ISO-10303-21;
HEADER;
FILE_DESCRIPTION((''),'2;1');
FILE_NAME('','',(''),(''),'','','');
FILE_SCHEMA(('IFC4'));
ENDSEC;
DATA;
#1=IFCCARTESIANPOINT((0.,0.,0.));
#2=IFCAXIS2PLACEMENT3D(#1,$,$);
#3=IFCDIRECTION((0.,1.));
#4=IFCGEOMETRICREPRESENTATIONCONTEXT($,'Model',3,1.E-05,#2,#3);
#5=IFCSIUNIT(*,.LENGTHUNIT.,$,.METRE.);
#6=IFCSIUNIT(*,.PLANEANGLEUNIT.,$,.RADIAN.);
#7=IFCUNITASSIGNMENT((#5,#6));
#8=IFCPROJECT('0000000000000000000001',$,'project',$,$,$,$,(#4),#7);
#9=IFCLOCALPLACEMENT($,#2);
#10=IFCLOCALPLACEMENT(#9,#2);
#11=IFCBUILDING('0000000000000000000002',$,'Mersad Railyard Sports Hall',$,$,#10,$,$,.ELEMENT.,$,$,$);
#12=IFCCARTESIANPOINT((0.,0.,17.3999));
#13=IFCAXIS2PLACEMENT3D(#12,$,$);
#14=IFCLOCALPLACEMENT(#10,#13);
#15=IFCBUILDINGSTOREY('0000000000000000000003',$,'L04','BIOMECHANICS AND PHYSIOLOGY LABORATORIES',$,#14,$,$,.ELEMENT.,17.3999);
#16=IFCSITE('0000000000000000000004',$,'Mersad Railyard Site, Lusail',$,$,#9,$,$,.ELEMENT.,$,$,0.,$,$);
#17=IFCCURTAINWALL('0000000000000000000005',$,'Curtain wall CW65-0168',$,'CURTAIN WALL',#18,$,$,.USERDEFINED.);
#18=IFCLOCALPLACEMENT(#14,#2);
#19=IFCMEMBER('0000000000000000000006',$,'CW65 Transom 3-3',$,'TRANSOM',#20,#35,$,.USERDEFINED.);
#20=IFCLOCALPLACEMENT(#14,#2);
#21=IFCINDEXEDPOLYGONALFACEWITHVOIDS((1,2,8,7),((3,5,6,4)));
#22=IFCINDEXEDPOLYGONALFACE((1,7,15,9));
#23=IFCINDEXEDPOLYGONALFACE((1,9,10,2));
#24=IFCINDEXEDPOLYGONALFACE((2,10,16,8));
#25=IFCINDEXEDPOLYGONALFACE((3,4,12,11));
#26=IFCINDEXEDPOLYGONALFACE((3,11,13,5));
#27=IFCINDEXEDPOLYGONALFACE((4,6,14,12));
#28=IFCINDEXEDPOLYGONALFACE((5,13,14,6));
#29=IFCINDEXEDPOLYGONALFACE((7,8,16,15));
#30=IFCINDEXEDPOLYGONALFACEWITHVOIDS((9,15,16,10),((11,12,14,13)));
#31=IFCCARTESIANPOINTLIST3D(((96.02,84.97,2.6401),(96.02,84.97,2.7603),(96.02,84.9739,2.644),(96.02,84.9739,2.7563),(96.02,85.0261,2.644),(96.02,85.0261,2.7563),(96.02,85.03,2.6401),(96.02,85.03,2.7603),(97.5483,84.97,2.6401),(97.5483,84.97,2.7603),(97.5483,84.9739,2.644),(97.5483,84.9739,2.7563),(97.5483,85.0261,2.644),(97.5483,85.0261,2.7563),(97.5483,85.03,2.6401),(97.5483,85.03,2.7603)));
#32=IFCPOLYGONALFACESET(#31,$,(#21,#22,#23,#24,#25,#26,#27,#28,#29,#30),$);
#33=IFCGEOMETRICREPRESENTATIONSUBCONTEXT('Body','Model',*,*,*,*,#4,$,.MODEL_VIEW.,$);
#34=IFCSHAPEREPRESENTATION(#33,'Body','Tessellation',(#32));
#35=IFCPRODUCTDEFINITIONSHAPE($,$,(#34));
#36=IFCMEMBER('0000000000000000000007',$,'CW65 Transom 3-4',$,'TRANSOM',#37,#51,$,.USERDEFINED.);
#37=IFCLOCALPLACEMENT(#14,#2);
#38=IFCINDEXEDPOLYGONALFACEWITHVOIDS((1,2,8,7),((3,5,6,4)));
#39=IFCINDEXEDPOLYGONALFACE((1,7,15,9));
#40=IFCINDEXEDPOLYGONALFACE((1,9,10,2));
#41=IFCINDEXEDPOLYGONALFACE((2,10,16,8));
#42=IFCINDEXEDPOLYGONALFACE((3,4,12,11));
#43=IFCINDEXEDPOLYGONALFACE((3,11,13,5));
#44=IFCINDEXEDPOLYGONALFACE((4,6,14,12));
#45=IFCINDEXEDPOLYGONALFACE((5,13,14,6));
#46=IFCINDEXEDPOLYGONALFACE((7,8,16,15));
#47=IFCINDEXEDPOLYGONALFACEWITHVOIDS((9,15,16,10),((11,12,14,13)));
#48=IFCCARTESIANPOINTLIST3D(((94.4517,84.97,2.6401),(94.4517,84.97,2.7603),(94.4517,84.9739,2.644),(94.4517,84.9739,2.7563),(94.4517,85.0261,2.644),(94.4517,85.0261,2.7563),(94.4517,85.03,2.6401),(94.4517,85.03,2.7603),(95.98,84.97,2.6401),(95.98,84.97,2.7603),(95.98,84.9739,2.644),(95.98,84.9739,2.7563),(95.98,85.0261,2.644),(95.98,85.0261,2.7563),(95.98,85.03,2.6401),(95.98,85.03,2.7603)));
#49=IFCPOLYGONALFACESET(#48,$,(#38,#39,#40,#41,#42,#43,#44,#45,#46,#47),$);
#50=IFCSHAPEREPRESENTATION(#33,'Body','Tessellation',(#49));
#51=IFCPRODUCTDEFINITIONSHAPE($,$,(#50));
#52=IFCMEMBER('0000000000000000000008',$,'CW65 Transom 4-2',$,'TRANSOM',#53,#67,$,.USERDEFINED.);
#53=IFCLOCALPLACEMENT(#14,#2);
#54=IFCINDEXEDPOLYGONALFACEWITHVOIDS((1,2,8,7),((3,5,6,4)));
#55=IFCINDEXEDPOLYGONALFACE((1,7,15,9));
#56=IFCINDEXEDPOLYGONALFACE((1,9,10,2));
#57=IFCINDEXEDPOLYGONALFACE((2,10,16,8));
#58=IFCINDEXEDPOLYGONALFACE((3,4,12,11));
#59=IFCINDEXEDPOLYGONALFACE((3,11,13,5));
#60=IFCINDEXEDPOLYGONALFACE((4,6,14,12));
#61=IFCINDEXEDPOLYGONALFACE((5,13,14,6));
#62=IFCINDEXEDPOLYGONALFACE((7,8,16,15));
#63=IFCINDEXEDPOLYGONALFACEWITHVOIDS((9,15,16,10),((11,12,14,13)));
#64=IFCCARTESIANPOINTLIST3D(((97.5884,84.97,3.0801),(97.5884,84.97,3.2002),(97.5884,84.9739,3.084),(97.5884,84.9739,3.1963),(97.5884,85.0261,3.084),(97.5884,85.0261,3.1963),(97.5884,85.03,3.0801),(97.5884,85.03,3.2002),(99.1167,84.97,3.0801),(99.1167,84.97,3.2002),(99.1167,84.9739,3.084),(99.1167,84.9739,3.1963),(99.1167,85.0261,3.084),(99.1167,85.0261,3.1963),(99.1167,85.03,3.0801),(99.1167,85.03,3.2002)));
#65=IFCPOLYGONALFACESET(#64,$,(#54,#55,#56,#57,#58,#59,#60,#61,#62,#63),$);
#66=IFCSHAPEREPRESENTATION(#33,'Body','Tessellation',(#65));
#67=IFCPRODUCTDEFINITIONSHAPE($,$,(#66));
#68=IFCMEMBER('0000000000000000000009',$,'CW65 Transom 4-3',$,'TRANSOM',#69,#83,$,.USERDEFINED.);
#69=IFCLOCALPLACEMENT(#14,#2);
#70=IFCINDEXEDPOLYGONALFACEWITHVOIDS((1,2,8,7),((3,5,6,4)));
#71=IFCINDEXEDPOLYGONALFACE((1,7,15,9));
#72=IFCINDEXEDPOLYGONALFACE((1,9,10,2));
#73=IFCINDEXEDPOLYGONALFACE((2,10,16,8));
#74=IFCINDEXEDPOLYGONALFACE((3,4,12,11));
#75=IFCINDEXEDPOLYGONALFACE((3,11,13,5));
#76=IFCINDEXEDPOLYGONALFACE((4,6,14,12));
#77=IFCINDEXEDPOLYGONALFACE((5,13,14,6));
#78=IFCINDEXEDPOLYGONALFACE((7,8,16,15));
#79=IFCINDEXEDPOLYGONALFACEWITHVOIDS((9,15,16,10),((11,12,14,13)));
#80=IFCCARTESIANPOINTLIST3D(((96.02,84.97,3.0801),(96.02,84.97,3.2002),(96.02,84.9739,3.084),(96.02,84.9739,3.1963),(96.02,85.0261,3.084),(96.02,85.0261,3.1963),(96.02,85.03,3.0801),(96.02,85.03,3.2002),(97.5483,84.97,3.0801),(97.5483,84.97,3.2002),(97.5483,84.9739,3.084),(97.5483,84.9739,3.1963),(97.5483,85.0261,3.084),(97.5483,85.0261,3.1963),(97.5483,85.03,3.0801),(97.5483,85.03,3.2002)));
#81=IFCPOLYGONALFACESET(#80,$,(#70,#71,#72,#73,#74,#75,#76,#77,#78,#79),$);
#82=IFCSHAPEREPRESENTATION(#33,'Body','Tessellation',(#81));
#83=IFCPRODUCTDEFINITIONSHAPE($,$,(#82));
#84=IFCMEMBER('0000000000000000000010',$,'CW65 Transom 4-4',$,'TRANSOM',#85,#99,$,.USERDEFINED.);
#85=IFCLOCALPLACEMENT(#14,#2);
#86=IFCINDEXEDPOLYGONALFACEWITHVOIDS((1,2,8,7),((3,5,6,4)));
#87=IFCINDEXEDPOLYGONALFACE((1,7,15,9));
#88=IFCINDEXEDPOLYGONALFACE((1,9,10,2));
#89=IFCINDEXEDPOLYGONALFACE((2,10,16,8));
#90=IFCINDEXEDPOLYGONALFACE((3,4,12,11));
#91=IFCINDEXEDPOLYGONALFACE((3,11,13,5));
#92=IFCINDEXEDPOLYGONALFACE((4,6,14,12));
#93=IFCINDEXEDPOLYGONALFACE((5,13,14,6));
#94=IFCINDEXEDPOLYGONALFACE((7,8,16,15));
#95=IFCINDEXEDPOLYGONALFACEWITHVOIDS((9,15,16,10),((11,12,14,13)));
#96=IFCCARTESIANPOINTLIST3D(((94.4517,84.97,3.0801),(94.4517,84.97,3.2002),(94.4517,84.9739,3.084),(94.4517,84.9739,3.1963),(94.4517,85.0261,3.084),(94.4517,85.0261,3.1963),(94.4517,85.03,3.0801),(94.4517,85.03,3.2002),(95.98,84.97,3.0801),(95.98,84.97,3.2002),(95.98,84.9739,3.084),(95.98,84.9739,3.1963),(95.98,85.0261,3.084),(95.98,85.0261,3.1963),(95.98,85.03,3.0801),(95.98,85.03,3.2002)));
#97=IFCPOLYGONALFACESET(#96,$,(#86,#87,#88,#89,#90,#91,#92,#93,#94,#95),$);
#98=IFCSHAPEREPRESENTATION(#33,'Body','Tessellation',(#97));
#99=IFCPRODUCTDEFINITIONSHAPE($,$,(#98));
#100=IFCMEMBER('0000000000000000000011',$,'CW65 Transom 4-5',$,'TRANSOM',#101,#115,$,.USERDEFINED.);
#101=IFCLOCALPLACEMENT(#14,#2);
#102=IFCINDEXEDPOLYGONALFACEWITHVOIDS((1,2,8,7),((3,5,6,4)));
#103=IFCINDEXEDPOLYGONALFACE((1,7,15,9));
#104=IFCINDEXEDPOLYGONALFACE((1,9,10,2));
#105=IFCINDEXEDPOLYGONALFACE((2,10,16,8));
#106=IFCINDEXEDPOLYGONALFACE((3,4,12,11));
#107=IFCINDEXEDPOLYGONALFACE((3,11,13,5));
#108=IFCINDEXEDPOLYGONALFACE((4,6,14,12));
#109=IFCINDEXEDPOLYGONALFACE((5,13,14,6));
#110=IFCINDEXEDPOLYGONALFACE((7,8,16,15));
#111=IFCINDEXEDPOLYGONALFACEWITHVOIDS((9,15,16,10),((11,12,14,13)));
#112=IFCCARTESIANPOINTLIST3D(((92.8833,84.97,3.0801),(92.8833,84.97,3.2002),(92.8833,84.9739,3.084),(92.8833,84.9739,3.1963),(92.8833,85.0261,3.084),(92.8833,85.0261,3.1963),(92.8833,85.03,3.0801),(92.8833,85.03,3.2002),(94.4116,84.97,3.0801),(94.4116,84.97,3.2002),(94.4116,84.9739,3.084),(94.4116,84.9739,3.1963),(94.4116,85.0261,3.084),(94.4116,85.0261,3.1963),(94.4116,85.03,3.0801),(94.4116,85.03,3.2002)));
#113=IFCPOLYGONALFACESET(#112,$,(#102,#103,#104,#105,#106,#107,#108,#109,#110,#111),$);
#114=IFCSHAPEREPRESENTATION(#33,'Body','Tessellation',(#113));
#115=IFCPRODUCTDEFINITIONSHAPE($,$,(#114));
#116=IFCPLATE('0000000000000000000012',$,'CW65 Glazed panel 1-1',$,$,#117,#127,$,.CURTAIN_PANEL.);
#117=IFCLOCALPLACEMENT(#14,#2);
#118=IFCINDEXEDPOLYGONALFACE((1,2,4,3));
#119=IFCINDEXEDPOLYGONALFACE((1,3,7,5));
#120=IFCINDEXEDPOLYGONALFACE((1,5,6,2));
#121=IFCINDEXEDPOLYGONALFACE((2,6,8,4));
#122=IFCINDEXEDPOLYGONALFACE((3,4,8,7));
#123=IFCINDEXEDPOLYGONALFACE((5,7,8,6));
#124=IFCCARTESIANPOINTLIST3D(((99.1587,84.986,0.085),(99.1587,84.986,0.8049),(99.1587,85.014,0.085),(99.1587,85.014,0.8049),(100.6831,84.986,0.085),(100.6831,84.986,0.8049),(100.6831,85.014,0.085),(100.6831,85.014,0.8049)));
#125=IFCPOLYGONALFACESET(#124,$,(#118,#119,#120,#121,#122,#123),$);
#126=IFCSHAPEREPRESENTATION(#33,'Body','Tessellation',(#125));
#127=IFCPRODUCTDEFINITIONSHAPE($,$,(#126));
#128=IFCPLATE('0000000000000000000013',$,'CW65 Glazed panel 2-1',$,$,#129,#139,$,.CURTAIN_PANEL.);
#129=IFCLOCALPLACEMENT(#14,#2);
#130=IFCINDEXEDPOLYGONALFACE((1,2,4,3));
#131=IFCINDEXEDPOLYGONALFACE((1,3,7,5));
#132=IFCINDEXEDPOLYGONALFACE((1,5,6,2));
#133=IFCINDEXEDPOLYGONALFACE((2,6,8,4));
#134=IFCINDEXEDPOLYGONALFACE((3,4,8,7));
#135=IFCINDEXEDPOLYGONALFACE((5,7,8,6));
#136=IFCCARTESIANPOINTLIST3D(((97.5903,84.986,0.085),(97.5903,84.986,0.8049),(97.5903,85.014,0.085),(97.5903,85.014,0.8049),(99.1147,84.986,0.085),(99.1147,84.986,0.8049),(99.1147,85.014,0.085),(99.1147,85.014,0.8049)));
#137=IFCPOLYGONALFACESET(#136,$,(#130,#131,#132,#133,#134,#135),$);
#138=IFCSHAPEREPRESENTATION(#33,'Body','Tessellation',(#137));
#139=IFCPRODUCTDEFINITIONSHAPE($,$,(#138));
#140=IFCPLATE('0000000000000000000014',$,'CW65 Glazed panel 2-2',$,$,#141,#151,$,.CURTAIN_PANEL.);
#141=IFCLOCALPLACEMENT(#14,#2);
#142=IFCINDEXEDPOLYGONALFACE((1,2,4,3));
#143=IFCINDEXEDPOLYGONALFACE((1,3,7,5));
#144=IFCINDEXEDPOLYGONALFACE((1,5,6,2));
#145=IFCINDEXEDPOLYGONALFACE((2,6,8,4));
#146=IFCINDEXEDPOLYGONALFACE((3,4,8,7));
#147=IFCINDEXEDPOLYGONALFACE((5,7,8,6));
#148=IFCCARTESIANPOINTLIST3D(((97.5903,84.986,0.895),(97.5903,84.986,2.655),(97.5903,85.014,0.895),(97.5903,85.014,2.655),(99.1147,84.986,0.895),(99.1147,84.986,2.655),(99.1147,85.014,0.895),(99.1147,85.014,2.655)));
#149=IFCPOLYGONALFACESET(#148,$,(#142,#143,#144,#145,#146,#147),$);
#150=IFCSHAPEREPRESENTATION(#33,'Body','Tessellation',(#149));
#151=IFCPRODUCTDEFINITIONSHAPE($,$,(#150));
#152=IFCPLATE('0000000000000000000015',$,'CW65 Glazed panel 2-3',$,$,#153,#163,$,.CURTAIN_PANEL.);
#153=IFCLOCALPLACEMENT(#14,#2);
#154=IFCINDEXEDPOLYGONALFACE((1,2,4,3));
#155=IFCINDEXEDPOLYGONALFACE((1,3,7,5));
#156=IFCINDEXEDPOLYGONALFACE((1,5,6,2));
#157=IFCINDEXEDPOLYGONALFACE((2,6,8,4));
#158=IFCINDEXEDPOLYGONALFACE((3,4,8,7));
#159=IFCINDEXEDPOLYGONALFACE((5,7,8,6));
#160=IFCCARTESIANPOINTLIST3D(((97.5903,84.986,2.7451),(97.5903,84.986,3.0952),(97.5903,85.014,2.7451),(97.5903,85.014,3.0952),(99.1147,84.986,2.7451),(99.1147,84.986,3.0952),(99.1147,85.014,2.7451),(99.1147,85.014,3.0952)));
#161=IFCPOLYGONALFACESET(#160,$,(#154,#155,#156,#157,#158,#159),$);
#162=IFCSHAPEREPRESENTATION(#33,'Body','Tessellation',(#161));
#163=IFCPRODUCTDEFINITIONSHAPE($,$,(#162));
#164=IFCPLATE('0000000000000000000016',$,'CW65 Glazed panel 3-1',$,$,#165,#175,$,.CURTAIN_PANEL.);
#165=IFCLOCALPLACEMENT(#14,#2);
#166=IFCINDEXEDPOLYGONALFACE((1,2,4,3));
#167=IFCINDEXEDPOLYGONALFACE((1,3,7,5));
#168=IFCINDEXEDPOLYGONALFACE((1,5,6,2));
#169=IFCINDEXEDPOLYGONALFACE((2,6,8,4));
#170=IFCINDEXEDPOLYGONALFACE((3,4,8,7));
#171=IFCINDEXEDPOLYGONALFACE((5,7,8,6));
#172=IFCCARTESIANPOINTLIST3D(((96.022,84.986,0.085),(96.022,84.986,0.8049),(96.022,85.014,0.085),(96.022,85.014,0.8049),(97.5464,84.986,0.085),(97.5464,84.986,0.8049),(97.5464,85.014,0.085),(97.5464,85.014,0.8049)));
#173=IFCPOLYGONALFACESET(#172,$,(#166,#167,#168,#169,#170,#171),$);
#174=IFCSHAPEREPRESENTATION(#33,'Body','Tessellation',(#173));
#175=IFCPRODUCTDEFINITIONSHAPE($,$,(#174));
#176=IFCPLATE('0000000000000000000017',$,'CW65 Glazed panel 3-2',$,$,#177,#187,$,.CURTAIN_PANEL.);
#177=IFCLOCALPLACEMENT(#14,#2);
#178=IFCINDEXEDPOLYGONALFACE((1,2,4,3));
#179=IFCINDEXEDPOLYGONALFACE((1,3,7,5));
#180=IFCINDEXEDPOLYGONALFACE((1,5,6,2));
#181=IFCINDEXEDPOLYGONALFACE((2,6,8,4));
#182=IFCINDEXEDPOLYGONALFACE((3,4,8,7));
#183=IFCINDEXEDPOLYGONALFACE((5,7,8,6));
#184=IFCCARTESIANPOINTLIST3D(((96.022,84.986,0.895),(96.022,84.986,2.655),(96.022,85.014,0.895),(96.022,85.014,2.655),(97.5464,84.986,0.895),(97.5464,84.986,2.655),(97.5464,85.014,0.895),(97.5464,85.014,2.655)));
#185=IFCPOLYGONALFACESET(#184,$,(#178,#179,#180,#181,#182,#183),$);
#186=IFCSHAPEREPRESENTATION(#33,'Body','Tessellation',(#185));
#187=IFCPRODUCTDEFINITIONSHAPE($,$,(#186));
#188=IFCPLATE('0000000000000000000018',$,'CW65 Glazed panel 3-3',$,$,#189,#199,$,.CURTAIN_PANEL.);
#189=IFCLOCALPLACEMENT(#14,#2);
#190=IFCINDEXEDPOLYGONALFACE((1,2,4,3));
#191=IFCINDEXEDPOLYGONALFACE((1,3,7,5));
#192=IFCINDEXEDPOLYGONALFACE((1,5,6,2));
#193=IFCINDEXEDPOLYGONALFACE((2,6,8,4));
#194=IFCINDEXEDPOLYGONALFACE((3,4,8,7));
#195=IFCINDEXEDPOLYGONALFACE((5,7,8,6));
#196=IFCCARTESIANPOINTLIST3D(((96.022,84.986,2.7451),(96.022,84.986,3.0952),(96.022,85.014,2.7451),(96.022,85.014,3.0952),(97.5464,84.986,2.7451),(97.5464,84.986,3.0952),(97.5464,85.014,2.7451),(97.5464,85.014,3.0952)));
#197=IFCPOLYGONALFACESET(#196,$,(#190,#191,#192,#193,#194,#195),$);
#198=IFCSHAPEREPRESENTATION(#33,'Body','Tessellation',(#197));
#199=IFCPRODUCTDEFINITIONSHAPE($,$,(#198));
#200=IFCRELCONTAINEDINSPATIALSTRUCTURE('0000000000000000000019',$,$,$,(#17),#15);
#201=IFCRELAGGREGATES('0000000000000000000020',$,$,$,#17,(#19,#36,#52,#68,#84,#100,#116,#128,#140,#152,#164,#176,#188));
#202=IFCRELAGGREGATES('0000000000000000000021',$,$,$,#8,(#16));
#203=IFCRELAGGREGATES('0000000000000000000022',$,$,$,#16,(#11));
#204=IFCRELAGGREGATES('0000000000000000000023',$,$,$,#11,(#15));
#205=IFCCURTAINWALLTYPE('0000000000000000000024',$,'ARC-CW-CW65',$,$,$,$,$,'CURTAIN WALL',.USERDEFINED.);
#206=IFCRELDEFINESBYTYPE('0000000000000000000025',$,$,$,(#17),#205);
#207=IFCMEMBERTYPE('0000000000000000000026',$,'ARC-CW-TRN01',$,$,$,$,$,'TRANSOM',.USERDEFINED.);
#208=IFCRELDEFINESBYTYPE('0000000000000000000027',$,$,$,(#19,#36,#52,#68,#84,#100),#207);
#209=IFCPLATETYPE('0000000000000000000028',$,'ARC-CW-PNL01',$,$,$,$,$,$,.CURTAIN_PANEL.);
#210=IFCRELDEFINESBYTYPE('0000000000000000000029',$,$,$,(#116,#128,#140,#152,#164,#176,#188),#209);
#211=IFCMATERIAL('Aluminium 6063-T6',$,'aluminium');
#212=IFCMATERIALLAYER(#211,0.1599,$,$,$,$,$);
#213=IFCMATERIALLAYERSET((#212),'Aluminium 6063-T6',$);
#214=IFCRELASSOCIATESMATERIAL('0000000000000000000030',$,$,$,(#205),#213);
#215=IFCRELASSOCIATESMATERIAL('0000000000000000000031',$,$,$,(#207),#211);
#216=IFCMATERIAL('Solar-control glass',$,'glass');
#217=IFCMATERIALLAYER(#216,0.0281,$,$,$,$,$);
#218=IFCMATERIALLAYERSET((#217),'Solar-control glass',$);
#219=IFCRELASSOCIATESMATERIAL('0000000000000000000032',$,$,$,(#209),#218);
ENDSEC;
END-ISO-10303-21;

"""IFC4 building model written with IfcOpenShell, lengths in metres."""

from ifc_helpers import new_model, si_unit, direction, frame, origin, origin_2d, place, context, subcontext, project, spatial, rectangle, hollow_rectangle, extrude, material, layer, layer_set, material_profile, profile_set, type_object, element, aggregate, save


model = new_model("IFC4")

# Units and contexts
model_context = context("Model", 3, precision=1e-05, world=origin(), true_north=direction((0.0, 1.0)))
body_context = subcontext(model_context, "Body", "Model", "MODEL_VIEW")
ifc_project = project(units=[si_unit("LENGTHUNIT", "METRE"), si_unit("PLANEANGLEUNIT", "RADIAN")], contexts=[model_context])

# Site, building, storey
site_placement = place(None, origin())
site = spatial("IfcSite", under=ifc_project, at=site_placement, Name="Mersad Railyard Site, Lusail", CompositionType="ELEMENT", RefElevation=0.0)
building_placement = place(site_placement, origin())
building = spatial("IfcBuilding", under=site, at=building_placement, Name="Mersad Railyard Sports Hall", CompositionType="ELEMENT")
storey_placement = place(building_placement, frame((0.0, 0.0, 17.3999)))
storey = spatial("IfcBuildingStorey", under=building, at=storey_placement, Name="L04", Description="BIOMECHANICS AND PHYSIOLOGY LABORATORIES", CompositionType="ELEMENT", Elevation=17.3999)

# Curtain wall, members, plates
ifc_material_1 = material(Name="Aluminium 6063-T6", Category="aluminium")
ifc_layer_1 = layer(ifc_material_1, 0.1599)
ifc_layer_set_1 = layer_set([ifc_layer_1], Name="Aluminium 6063-T6")
curtain_wall_type = type_object("IfcCurtainWallType", Name="ARC-CW-CW65", ElementType="CURTAIN WALL", PredefinedType="USERDEFINED", material=ifc_layer_set_1)
curtain_wall_placement = place(storey_placement, origin())
curtain_wall = element("IfcCurtainWall", 1, at=curtain_wall_placement, inside=storey, type_object=curtain_wall_type, Name="Curtain wall CW65-0168", ObjectType="CURTAIN WALL", PredefinedType="USERDEFINED")
ifc_material_profile_1 = material_profile(ifc_material_1, hollow_rectangle(XDim=0.0601, YDim=0.1201, WallThickness=0.0039, at=origin_2d()), Name="AL TRANSOM 60x120x4")
ifc_profile_set_1 = profile_set([ifc_material_profile_1], Name="Aluminium 6063-T6")
member_type_1 = type_object("IfcMemberType", Name="ARC-CW-TRN01", ElementType="TRANSOM", PredefinedType="USERDEFINED", material=ifc_profile_set_1)
member_1_placement = place(storey_placement, frame((97.5483, 85.0, 2.7002), z_axis=(-1.0, 0.0, 0.0), x_axis=(0.0, -1.0, 0.0)))
member_1 = element("IfcMember", 2, at=member_1_placement, type_object=member_type_1, Name="CW65 Transom 3-3", ObjectType="TRANSOM", PredefinedType="USERDEFINED", context=body_context, shape_type="SweptSolid", body=[
    extrude(hollow_rectangle(XDim=0.0601, YDim=0.1201, WallThickness=0.0039, at=origin_2d()), origin(), (0.0, 0.0, 1.0), 1.5283),
])
member_2_placement = place(storey_placement, frame((95.98, 85.0, 2.7002), z_axis=(-1.0, 0.0, 0.0), x_axis=(0.0, -1.0, 0.0)))
member_2 = element("IfcMember", 3, at=member_2_placement, type_object=member_type_1, Name="CW65 Transom 3-4", ObjectType="TRANSOM", PredefinedType="USERDEFINED", context=body_context, shape_type="SweptSolid", body=[
    extrude(hollow_rectangle(XDim=0.0601, YDim=0.1201, WallThickness=0.0039, at=origin_2d()), origin(), (0.0, 0.0, 1.0), 1.5283),
])
member_3_placement = place(storey_placement, frame((99.1167, 85.0, 3.1401), z_axis=(-1.0, 0.0, 0.0), x_axis=(0.0, -1.0, 0.0)))
member_3 = element("IfcMember", 4, at=member_3_placement, type_object=member_type_1, Name="CW65 Transom 4-2", ObjectType="TRANSOM", PredefinedType="USERDEFINED", context=body_context, shape_type="SweptSolid", body=[
    extrude(hollow_rectangle(XDim=0.0601, YDim=0.1201, WallThickness=0.0039, at=origin_2d()), origin(), (0.0, 0.0, 1.0), 1.5283),
])
member_4_placement = place(storey_placement, frame((97.5483, 85.0, 3.1401), z_axis=(-1.0, 0.0, 0.0), x_axis=(0.0, -1.0, 0.0)))
member_4 = element("IfcMember", 5, at=member_4_placement, type_object=member_type_1, Name="CW65 Transom 4-3", ObjectType="TRANSOM", PredefinedType="USERDEFINED", context=body_context, shape_type="SweptSolid", body=[
    extrude(hollow_rectangle(XDim=0.0601, YDim=0.1201, WallThickness=0.0039, at=origin_2d()), origin(), (0.0, 0.0, 1.0), 1.5283),
])
member_5_placement = place(storey_placement, frame((95.98, 85.0, 3.1401), z_axis=(-1.0, 0.0, 0.0), x_axis=(0.0, -1.0, 0.0)))
member_5 = element("IfcMember", 6, at=member_5_placement, type_object=member_type_1, Name="CW65 Transom 4-4", ObjectType="TRANSOM", PredefinedType="USERDEFINED", context=body_context, shape_type="SweptSolid", body=[
    extrude(hollow_rectangle(XDim=0.0601, YDim=0.1201, WallThickness=0.0039, at=origin_2d()), origin(), (0.0, 0.0, 1.0), 1.5283),
])
member_6_placement = place(storey_placement, frame((94.4116, 85.0, 3.1401), z_axis=(-1.0, 0.0, 0.0), x_axis=(0.0, -1.0, 0.0)))
member_6 = element("IfcMember", 7, at=member_6_placement, type_object=member_type_1, Name="CW65 Transom 4-5", ObjectType="TRANSOM", PredefinedType="USERDEFINED", context=body_context, shape_type="SweptSolid", body=[
    extrude(hollow_rectangle(XDim=0.0601, YDim=0.1201, WallThickness=0.0039, at=origin_2d()), origin(), (0.0, 0.0, 1.0), 1.5283),
])
ifc_material_2 = material(Name="Solar-control glass", Category="glass")
ifc_layer_2 = layer(ifc_material_2, 0.0281)
ifc_layer_set_2 = layer_set([ifc_layer_2], Name="Solar-control glass")
plate_type = type_object("IfcPlateType", Name="ARC-CW-PNL01", PredefinedType="CURTAIN_PANEL", material=ifc_layer_set_2)
plate_1_placement = place(storey_placement, frame((99.9209, 85.0, 0.085), z_axis=(0.0, 0.0, 1.0), x_axis=(-1.0, 0.0, 0.0)))
plate_1 = element("IfcPlate", 8, at=plate_1_placement, type_object=plate_type, Name="CW65 Glazed panel 1-1", PredefinedType="CURTAIN_PANEL", context=body_context, shape_type="SweptSolid", body=[
    extrude(rectangle(XDim=1.5244, YDim=0.0281, at=origin_2d()), origin(), (0.0, 0.0, 1.0), 0.72),
])
plate_2_placement = place(storey_placement, frame((98.3525, 85.0, 0.085), z_axis=(0.0, 0.0, 1.0), x_axis=(-1.0, 0.0, 0.0)))
plate_2 = element("IfcPlate", 9, at=plate_2_placement, type_object=plate_type, Name="CW65 Glazed panel 2-1", PredefinedType="CURTAIN_PANEL", context=body_context, shape_type="SweptSolid", body=[
    extrude(rectangle(XDim=1.5244, YDim=0.0281, at=origin_2d()), origin(), (0.0, 0.0, 1.0), 0.72),
])
plate_3_placement = place(storey_placement, frame((98.3525, 85.0, 0.895), z_axis=(0.0, 0.0, 1.0), x_axis=(-1.0, 0.0, 0.0)))
plate_3 = element("IfcPlate", 10, at=plate_3_placement, type_object=plate_type, Name="CW65 Glazed panel 2-2", PredefinedType="CURTAIN_PANEL", context=body_context, shape_type="SweptSolid", body=[
    extrude(rectangle(XDim=1.5244, YDim=0.0281, at=origin_2d()), origin(), (0.0, 0.0, 1.0), 1.76),
])
plate_4_placement = place(storey_placement, frame((98.3525, 85.0, 2.7451), z_axis=(0.0, 0.0, 1.0), x_axis=(-1.0, 0.0, 0.0)))
plate_4 = element("IfcPlate", 11, at=plate_4_placement, type_object=plate_type, Name="CW65 Glazed panel 2-3", PredefinedType="CURTAIN_PANEL", context=body_context, shape_type="SweptSolid", body=[
    extrude(rectangle(XDim=1.5244, YDim=0.0281, at=origin_2d()), origin(), (0.0, 0.0, 1.0), 0.3501),
])
plate_5_placement = place(storey_placement, frame((96.7842, 85.0, 0.085), z_axis=(0.0, 0.0, 1.0), x_axis=(-1.0, 0.0, 0.0)))
plate_5 = element("IfcPlate", 12, at=plate_5_placement, type_object=plate_type, Name="CW65 Glazed panel 3-1", PredefinedType="CURTAIN_PANEL", context=body_context, shape_type="SweptSolid", body=[
    extrude(rectangle(XDim=1.5244, YDim=0.0281, at=origin_2d()), origin(), (0.0, 0.0, 1.0), 0.72),
])
plate_6_placement = place(storey_placement, frame((96.7842, 85.0, 0.895), z_axis=(0.0, 0.0, 1.0), x_axis=(-1.0, 0.0, 0.0)))
plate_6 = element("IfcPlate", 13, at=plate_6_placement, type_object=plate_type, Name="CW65 Glazed panel 3-2", PredefinedType="CURTAIN_PANEL", context=body_context, shape_type="SweptSolid", body=[
    extrude(rectangle(XDim=1.5244, YDim=0.0281, at=origin_2d()), origin(), (0.0, 0.0, 1.0), 1.76),
])
plate_7_placement = place(storey_placement, frame((96.7842, 85.0, 2.7451), z_axis=(0.0, 0.0, 1.0), x_axis=(-1.0, 0.0, 0.0)))
plate_7 = element("IfcPlate", 14, at=plate_7_placement, type_object=plate_type, Name="CW65 Glazed panel 3-3", PredefinedType="CURTAIN_PANEL", context=body_context, shape_type="SweptSolid", body=[
    extrude(rectangle(XDim=1.5244, YDim=0.0281, at=origin_2d()), origin(), (0.0, 0.0, 1.0), 0.3501),
])
aggregate(curtain_wall, [member_1, member_2, member_3, member_4, member_5, member_6, plate_1, plate_2, plate_3, plate_4, plate_5, plate_6, plate_7])

save(model, "model.ifc")
